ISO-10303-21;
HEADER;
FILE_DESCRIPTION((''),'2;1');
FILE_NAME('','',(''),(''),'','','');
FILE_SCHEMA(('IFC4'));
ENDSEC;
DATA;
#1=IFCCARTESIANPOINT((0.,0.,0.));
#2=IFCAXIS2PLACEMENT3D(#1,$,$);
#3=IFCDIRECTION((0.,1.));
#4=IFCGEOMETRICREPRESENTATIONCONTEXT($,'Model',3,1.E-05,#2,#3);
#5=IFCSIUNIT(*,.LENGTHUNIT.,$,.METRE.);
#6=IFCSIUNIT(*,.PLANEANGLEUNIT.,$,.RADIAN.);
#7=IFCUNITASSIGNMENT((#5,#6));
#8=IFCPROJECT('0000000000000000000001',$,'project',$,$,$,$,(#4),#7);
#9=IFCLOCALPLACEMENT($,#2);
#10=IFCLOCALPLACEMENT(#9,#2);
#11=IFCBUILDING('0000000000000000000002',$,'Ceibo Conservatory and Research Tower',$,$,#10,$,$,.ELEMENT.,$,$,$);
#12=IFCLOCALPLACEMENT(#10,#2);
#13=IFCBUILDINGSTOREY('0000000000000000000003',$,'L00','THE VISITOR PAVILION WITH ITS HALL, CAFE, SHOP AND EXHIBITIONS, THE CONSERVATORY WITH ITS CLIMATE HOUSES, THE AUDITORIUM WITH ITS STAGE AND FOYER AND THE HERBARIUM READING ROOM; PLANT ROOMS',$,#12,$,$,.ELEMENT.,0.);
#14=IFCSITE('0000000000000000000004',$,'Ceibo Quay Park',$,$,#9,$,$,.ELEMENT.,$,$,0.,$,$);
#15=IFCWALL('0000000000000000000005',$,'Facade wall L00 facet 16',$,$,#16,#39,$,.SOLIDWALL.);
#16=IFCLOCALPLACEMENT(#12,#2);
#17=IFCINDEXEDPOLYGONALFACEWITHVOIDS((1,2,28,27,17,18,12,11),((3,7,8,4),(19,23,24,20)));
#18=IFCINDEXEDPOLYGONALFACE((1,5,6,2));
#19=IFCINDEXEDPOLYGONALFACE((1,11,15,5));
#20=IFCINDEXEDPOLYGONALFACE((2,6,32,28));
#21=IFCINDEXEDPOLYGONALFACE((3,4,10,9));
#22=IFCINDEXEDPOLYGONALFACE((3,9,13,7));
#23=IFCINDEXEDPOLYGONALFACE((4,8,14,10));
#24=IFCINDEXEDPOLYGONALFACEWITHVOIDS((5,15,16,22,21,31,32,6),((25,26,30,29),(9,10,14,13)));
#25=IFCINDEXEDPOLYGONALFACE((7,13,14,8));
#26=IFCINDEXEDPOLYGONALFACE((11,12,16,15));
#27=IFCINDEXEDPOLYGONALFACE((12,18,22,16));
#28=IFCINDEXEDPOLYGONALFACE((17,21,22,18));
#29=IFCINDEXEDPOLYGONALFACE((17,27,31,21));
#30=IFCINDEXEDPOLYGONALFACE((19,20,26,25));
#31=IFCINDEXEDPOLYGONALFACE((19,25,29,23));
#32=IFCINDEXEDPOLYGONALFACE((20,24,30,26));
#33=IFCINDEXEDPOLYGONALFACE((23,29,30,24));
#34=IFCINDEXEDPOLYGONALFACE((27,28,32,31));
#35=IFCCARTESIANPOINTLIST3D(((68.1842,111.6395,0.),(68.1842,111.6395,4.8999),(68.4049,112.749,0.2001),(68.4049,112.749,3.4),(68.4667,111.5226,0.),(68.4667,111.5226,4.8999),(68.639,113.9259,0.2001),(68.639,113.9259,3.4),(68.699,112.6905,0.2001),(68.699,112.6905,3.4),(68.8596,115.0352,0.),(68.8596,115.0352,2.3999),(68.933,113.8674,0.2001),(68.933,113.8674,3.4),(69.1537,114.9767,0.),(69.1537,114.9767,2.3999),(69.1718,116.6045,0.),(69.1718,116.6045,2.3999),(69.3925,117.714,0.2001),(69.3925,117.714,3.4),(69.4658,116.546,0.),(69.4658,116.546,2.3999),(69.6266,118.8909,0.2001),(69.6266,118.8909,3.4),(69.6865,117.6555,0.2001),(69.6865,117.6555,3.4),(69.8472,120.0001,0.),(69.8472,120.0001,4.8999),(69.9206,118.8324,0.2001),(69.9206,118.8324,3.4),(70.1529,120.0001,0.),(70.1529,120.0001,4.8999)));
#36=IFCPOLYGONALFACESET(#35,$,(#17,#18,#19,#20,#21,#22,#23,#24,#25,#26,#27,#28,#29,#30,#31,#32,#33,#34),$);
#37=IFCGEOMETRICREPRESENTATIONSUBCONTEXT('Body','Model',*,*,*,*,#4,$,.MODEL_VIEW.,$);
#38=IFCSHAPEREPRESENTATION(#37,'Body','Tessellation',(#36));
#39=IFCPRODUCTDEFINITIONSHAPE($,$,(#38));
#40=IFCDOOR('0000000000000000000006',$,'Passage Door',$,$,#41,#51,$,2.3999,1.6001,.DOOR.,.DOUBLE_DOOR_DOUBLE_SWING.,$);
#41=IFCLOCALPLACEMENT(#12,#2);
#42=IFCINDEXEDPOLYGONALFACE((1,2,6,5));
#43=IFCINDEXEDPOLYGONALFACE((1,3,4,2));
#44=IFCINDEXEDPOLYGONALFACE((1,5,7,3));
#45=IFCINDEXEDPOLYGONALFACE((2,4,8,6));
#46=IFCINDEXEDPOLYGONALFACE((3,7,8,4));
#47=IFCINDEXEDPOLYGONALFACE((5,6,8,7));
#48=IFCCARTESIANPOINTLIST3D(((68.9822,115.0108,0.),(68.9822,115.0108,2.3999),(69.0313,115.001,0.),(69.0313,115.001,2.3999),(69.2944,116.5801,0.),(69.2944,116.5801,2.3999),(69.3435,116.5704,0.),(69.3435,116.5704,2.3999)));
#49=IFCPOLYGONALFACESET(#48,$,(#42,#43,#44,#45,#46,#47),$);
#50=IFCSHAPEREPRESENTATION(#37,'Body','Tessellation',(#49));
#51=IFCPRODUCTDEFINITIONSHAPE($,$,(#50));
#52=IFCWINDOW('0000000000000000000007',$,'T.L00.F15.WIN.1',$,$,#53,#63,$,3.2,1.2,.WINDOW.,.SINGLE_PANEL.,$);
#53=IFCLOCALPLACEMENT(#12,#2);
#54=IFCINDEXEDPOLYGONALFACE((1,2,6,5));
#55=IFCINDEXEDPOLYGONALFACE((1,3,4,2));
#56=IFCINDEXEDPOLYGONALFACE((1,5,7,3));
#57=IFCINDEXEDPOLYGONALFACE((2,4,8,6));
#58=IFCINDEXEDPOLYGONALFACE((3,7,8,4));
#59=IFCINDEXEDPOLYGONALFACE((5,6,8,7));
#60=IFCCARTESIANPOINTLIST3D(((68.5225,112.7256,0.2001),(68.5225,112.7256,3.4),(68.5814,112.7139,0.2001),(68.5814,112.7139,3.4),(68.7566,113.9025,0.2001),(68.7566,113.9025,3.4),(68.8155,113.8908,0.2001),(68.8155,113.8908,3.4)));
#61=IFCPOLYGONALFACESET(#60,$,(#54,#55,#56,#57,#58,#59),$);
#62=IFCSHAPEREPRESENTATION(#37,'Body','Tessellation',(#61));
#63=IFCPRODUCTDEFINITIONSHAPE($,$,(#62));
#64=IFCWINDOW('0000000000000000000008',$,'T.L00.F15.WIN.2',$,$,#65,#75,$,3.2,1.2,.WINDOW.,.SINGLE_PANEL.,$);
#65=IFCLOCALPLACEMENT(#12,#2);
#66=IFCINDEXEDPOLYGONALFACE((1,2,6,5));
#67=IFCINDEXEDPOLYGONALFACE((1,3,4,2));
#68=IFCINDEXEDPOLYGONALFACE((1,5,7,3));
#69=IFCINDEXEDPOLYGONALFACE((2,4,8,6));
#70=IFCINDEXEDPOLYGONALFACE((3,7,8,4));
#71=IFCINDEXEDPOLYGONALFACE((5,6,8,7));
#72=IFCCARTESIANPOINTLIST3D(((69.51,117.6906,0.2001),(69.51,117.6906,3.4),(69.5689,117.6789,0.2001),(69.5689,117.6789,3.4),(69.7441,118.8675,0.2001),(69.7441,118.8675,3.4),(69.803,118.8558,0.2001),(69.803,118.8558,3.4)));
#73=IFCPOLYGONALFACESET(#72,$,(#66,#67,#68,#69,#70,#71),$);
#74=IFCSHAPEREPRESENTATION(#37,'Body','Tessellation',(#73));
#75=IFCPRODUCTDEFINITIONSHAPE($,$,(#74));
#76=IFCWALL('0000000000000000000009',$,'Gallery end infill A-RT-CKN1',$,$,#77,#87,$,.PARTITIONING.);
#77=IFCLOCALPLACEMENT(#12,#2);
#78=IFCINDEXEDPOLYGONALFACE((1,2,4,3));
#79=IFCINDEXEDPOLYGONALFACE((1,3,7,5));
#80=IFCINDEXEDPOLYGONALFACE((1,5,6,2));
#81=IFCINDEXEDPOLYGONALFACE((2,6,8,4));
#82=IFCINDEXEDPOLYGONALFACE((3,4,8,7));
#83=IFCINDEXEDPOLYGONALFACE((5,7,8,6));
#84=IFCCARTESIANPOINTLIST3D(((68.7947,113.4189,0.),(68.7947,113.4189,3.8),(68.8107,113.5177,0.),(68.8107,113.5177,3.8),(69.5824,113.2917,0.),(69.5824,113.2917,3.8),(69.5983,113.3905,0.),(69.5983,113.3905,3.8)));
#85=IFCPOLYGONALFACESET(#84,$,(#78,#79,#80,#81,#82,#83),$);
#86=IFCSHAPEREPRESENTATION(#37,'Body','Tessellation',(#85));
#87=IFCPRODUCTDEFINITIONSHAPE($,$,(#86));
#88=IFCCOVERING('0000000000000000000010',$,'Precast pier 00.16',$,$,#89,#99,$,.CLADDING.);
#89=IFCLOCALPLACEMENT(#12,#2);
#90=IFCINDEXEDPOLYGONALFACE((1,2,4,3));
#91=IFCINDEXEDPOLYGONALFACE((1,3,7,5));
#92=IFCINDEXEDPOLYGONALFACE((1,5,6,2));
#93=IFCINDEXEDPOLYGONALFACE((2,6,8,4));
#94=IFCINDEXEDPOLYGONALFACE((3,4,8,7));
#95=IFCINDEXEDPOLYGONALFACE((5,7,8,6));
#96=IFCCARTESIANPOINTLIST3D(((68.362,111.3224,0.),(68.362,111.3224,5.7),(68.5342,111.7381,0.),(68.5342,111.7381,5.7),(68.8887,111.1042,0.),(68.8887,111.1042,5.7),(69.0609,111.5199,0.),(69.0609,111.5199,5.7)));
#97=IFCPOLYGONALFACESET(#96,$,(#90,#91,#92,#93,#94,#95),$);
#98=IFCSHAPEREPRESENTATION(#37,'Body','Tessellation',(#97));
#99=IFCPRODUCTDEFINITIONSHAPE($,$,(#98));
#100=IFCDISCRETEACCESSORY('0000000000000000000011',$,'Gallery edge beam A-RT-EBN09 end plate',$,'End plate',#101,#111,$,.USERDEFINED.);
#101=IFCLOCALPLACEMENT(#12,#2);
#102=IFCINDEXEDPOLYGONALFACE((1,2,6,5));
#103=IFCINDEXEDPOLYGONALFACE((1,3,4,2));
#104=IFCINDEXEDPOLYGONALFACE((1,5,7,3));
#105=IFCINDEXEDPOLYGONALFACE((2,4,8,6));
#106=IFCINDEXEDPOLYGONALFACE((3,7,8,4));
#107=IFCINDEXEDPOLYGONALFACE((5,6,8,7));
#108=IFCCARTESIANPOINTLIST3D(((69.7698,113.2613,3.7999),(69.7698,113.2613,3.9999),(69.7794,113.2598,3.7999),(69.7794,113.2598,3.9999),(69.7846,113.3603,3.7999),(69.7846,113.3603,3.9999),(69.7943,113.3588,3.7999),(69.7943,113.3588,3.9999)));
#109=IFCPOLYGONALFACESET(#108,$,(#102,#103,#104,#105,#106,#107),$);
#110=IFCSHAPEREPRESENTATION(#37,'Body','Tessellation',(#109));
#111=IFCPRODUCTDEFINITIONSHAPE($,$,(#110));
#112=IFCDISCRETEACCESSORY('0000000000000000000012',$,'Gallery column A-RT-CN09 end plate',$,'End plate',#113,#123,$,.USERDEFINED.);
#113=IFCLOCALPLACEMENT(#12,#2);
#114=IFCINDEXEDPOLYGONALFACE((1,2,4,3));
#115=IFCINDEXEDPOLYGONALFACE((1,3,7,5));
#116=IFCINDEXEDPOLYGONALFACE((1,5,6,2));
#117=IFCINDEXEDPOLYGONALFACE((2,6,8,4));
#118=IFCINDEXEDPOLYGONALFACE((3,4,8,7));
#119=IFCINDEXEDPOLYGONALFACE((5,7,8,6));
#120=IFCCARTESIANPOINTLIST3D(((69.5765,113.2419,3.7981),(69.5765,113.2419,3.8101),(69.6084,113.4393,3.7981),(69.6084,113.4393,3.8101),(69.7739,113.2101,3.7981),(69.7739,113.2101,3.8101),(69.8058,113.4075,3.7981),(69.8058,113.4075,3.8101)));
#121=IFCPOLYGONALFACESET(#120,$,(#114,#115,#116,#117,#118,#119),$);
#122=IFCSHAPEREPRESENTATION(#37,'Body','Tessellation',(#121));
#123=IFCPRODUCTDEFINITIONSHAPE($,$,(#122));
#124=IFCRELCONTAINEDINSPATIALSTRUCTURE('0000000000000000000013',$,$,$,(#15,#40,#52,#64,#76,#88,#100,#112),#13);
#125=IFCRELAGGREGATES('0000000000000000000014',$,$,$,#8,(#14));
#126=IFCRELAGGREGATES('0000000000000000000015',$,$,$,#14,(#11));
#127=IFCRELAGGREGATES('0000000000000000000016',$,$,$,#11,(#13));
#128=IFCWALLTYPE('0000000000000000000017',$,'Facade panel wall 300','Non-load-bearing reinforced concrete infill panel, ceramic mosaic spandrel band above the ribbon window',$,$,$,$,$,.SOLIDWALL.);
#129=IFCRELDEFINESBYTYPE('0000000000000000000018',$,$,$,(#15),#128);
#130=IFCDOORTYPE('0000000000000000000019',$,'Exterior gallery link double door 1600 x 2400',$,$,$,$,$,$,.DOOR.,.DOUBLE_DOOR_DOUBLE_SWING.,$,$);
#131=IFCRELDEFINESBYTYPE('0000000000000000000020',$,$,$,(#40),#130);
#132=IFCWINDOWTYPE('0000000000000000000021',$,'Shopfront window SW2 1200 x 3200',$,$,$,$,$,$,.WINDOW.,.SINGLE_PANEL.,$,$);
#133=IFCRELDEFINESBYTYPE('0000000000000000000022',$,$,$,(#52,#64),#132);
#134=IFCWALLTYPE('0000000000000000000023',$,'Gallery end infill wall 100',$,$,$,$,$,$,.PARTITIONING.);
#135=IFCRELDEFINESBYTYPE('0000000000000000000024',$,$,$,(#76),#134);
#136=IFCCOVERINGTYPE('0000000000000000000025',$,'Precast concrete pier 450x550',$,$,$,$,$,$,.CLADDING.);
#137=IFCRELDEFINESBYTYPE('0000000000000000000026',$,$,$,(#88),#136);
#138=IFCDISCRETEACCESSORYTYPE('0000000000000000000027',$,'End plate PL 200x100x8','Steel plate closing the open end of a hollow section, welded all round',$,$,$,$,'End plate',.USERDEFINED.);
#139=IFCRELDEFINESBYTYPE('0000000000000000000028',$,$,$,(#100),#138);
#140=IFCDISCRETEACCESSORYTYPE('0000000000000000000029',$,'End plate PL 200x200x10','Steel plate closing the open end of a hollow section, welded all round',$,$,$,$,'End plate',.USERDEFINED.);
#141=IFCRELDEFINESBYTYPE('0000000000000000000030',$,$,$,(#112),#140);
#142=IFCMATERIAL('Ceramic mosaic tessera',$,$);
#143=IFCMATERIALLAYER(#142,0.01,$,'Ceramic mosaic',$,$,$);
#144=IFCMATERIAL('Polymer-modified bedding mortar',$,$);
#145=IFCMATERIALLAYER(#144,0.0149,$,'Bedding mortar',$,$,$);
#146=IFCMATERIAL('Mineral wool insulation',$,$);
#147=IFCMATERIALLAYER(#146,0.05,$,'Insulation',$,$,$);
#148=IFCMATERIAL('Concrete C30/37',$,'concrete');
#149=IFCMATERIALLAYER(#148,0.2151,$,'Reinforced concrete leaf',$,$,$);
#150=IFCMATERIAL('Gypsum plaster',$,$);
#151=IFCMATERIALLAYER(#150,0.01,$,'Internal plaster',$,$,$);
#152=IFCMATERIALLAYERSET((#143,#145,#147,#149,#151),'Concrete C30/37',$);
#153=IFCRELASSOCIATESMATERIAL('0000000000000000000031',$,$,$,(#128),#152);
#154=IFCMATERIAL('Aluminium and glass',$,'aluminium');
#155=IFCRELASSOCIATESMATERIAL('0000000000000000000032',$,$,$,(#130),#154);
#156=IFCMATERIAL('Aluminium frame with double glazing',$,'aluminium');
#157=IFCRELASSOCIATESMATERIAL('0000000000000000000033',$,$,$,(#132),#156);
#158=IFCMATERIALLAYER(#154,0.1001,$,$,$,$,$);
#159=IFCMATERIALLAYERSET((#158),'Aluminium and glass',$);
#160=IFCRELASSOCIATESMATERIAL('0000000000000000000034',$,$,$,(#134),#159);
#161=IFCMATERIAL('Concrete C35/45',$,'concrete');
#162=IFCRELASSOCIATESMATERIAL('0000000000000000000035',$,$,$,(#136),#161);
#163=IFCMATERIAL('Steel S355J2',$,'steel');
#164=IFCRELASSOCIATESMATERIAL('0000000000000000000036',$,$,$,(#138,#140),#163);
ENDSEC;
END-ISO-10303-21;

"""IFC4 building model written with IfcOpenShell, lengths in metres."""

from ifc_helpers import new_model, si_unit, direction, frame, frame_2d, origin, origin_2d, place, context, subcontext, project, spatial, polyline, rectangle, outline, extrude, material, layer, layer_set, material_profile, profile_set, type_object, element, fill, save


model = new_model("IFC4")

# Units and contexts
model_context = context("Model", 3, precision=1e-05, world=origin(), true_north=direction((0.0, 1.0)))
body_context = subcontext(model_context, "Body", "Model", "MODEL_VIEW")
ifc_project = project(units=[si_unit("LENGTHUNIT", "METRE"), si_unit("PLANEANGLEUNIT", "RADIAN")], contexts=[model_context])

# Site, building, storey
site_placement = place(None, origin())
site = spatial("IfcSite", under=ifc_project, at=site_placement, Name="Ceibo Quay Park", CompositionType="ELEMENT", RefElevation=0.0)
building_placement = place(site_placement, origin())
building = spatial("IfcBuilding", under=site, at=building_placement, Name="Ceibo Conservatory and Research Tower", CompositionType="ELEMENT")
storey_placement = place(building_placement, origin())
storey = spatial("IfcBuildingStorey", under=building, at=storey_placement, Name="L00", Description="THE VISITOR PAVILION WITH ITS HALL, CAFE, SHOP AND EXHIBITIONS, THE CONSERVATORY WITH ITS CLIMATE HOUSES, THE AUDITORIUM WITH ITS STAGE AND FOYER AND THE HERBARIUM READING ROOM; PLANT ROOMS", CompositionType="ELEMENT", Elevation=0.0)

# Shared definitions
ifc_material_1 = material(Name="Aluminium and glass", Category="aluminium")

# Shared definitions
ifc_material_2 = material(Name="Steel S355J2", Category="steel")
ifc_material_3 = material(Name="Concrete C35/45", Category="concrete")

# Wall, openings, door, windows
ifc_material_4 = material(Name="Ceramic mosaic tessera")
ifc_layer_1 = layer(ifc_material_4, 0.01, Name="Ceramic mosaic")
ifc_material_5 = material(Name="Polymer-modified bedding mortar")
ifc_layer_2 = layer(ifc_material_5, 0.0149, Name="Bedding mortar")
ifc_material_6 = material(Name="Mineral wool insulation")
ifc_layer_3 = layer(ifc_material_6, 0.05, Name="Insulation")
ifc_material_7 = material(Name="Concrete C30/37", Category="concrete")
ifc_layer_4 = layer(ifc_material_7, 0.2151, Name="Reinforced concrete leaf")
ifc_material_8 = material(Name="Gypsum plaster")
ifc_layer_5 = layer(ifc_material_8, 0.01, Name="Internal plaster")
ifc_layer_set_1 = layer_set([ifc_layer_1, ifc_layer_2, ifc_layer_3, ifc_layer_4, ifc_layer_5], Name="Concrete C30/37")
wall_type_1 = type_object("IfcWallType", Name="Facade panel wall 300", Description="Non-load-bearing reinforced concrete infill panel, ceramic mosaic spandrel band above the ribbon window", PredefinedType="SOLIDWALL", material=ifc_layer_set_1)
wall_1_placement = place(storey_placement, frame((68.3254, 111.5811, 0.0), z_axis=(0.0, 0.0, 1.0), x_axis=(0.195082, 0.980787, 0.0)))
wall_1 = element("IfcWall", 1, at=wall_1_placement, inside=storey, type_object=wall_type_1, Name="Facade wall L00 facet 16", PredefinedType="SOLIDWALL", context=body_context, shape_type="SweptSolid", body=[
    extrude(outline(polyline([(-0.0298, -0.1499), (8.6138, -0.1499), (8.5542, 0.1499), (0.0298, 0.1499), (-0.0298, -0.1499)])), origin(), (0.0, 0.0, 1.0), 4.8999),
])
opening_1_placement = place(wall_1_placement, frame((3.4919, 0.0, 0.0)))
opening_1 = element("IfcOpeningElement", 2, at=opening_1_placement, cuts=wall_1, PredefinedType="OPENING", context=body_context, shape_type="SweptSolid", body=[
    extrude(rectangle(XDim=1.6001, YDim=2.3999, at=frame_2d((0.8, 1.2))), frame((0.0, 0.1599, 0.0), z_axis=(0.0, -1.0, 0.0), x_axis=(1.0, 0.0, 0.0)), (0.0, 0.0, 1.0), 0.3201),
])
opening_2_placement = place(wall_1_placement, frame((1.1609, 0.0, 0.2)))
opening_2 = element("IfcOpeningElement", 3, at=opening_2_placement, cuts=wall_1, PredefinedType="OPENING", context=body_context, shape_type="SweptSolid", body=[
    extrude(rectangle(XDim=1.2, YDim=3.2, at=frame_2d((0.6001, 1.6001))), frame((0.0, 0.1599, 0.0), z_axis=(0.0, -1.0, 0.0), x_axis=(1.0, 0.0, 0.0)), (0.0, 0.0, 1.0), 0.3201),
])
opening_3_placement = place(wall_1_placement, frame((6.2231, 0.0, 0.2)))
opening_3 = element("IfcOpeningElement", 4, at=opening_3_placement, cuts=wall_1, PredefinedType="OPENING", context=body_context, shape_type="SweptSolid", body=[
    extrude(rectangle(XDim=1.2, YDim=3.2, at=frame_2d((0.6001, 1.6001))), frame((0.0, 0.1599, 0.0), z_axis=(0.0, -1.0, 0.0), x_axis=(1.0, 0.0, 0.0)), (0.0, 0.0, 1.0), 0.3201),
])
door_type = type_object("IfcDoorType", Name="Exterior gallery link double door 1600 x 2400", OperationType="DOUBLE_DOOR_DOUBLE_SWING", PredefinedType="DOOR", material=ifc_material_1)
door_placement = place(opening_1_placement, origin())
door = element("IfcDoor", 5, at=door_placement, inside=storey, type_object=door_type, Name="Passage Door", OperationType="DOUBLE_DOOR_DOUBLE_SWING", OverallHeight=2.3999, OverallWidth=1.6001, PredefinedType="DOOR", context=body_context, shape_type="SweptSolid", body=[
    extrude(rectangle(XDim=1.6001, YDim=2.3999, at=frame_2d((0.8, 1.2))), frame((0.0, 0.0249, 0.0), z_axis=(0.0, -1.0, 0.0), x_axis=(1.0, 0.0, 0.0)), (0.0, 0.0, 1.0), 0.05),
])
fill(opening_1, door)
ifc_material_9 = material(Name="Aluminium frame with double glazing", Category="aluminium")
window_type = type_object("IfcWindowType", Name="Shopfront window SW2 1200 x 3200", PartitioningType="SINGLE_PANEL", PredefinedType="WINDOW", material=ifc_material_9)
window_1_placement = place(opening_2_placement, origin())
window_1 = element("IfcWindow", 6, at=window_1_placement, inside=storey, type_object=window_type, Name="T.L00.F15.WIN.1", OverallHeight=3.2, OverallWidth=1.2, PartitioningType="SINGLE_PANEL", PredefinedType="WINDOW", context=body_context, shape_type="SweptSolid", body=[
    extrude(rectangle(XDim=1.2, YDim=3.2, at=frame_2d((0.6001, 1.6001))), frame((0.0, 0.03, 0.0), z_axis=(0.0, -1.0, 0.0), x_axis=(1.0, 0.0, 0.0)), (0.0, 0.0, 1.0), 0.0601),
])
fill(opening_2, window_1)
window_2_placement = place(opening_3_placement, origin())
window_2 = element("IfcWindow", 7, at=window_2_placement, inside=storey, type_object=window_type, Name="T.L00.F15.WIN.2", OverallHeight=3.2, OverallWidth=1.2, PartitioningType="SINGLE_PANEL", PredefinedType="WINDOW", context=body_context, shape_type="SweptSolid", body=[
    extrude(rectangle(XDim=1.2, YDim=3.2, at=frame_2d((0.6001, 1.6001))), frame((0.0, 0.03, 0.0), z_axis=(0.0, -1.0, 0.0), x_axis=(1.0, 0.0, 0.0)), (0.0, 0.0, 1.0), 0.0601),
])
fill(opening_3, window_2)

# Wall
ifc_layer_6 = layer(ifc_material_1, 0.1001)
ifc_layer_set_2 = layer_set([ifc_layer_6], Name="Aluminium and glass")
wall_type_2 = type_object("IfcWallType", Name="Gallery end infill wall 100", PredefinedType="PARTITIONING", material=ifc_layer_set_2)
wall_2_placement = place(storey_placement, frame((69.5903, 113.3411, 0.0), z_axis=(0.0, 0.0, 1.0), x_axis=(-0.987209, 0.159434, 0.0)))
element("IfcWall", 8, at=wall_2_placement, inside=storey, type_object=wall_type_2, Name="Gallery end infill A-RT-CKN1", PredefinedType="PARTITIONING", context=body_context, shape_type="SweptSolid", body=[
    extrude(rectangle(XDim=0.7979, YDim=0.1001, at=frame_2d((0.3989, 0.0))), origin(), (0.0, 0.0, 1.0), 3.8),
])

# Covering
covering_type = type_object("IfcCoveringType", Name="Precast concrete pier 450x550", PredefinedType="CLADDING", material=ifc_material_3)
covering_placement = place(storey_placement, frame((68.7114, 111.4211, 0.0), z_axis=(0.0, 0.0, 1.0), x_axis=(0.92388, -0.382683, 0.0)))
element("IfcCovering", 9, at=covering_placement, inside=storey, type_object=covering_type, Name="Precast pier 00.16", PredefinedType="CLADDING", context=body_context, shape_type="SweptSolid", body=[
    extrude(rectangle(XDim=0.5701, YDim=0.45, at=origin_2d()), origin(), (0.0, 0.0, 1.0), 5.7),
])

# Discrete accessories
ifc_material_profile_1 = material_profile(ifc_material_2, rectangle(XDim=0.1001, YDim=0.2, at=origin_2d()), Name="End plate PL 200x100x8")
ifc_profile_set_1 = profile_set([ifc_material_profile_1], Name="Steel S355J2")
discrete_accessory_type_1 = type_object("IfcDiscreteAccessoryType", Name="End plate PL 200x100x8", Description="Steel plate closing the open end of a hollow section, welded all round", ElementType="End plate", PredefinedType="USERDEFINED", material=ifc_profile_set_1)
discrete_accessory_1_placement = place(storey_placement, frame((69.7869, 113.3093, 3.8999), z_axis=(-0.988936, 0.14834, 0.0), x_axis=(-0.14834, -0.988936, 0.0)))
element("IfcDiscreteAccessory", 10, at=discrete_accessory_1_placement, inside=storey, type_object=discrete_accessory_type_1, Name="Gallery edge beam A-RT-EBN09 end plate", ObjectType="End plate", PredefinedType="USERDEFINED", context=body_context, shape_type="SweptSolid", body=[
    extrude(rectangle(XDim=0.1001, YDim=0.2, at=origin_2d()), origin(), (0.0, 0.0, 1.0), 0.0098),
])
ifc_material_profile_2 = material_profile(ifc_material_2, rectangle(XDim=0.2, YDim=0.2, at=origin_2d()), Name="End plate PL 200x200x10")
ifc_profile_set_2 = profile_set([ifc_material_profile_2], Name="Steel S355J2")
discrete_accessory_type_2 = type_object("IfcDiscreteAccessoryType", Name="End plate PL 200x200x10", Description="Steel plate closing the open end of a hollow section, welded all round", ElementType="End plate", PredefinedType="USERDEFINED", material=ifc_profile_set_2)
discrete_accessory_2_placement = place(storey_placement, frame((69.6912, 113.3247, 3.7981), z_axis=(0.0, 0.0, 1.0), x_axis=(-0.987216, 0.159391, 0.0)))
element("IfcDiscreteAccessory", 11, at=discrete_accessory_2_placement, inside=storey, type_object=discrete_accessory_type_2, Name="Gallery column A-RT-CN09 end plate", ObjectType="End plate", PredefinedType="USERDEFINED", context=body_context, shape_type="SweptSolid", body=[
    extrude(rectangle(XDim=0.2, YDim=0.2, at=origin_2d()), origin(), (0.0, 0.0, 1.0), 0.012),
])

save(model, "model.ifc")
